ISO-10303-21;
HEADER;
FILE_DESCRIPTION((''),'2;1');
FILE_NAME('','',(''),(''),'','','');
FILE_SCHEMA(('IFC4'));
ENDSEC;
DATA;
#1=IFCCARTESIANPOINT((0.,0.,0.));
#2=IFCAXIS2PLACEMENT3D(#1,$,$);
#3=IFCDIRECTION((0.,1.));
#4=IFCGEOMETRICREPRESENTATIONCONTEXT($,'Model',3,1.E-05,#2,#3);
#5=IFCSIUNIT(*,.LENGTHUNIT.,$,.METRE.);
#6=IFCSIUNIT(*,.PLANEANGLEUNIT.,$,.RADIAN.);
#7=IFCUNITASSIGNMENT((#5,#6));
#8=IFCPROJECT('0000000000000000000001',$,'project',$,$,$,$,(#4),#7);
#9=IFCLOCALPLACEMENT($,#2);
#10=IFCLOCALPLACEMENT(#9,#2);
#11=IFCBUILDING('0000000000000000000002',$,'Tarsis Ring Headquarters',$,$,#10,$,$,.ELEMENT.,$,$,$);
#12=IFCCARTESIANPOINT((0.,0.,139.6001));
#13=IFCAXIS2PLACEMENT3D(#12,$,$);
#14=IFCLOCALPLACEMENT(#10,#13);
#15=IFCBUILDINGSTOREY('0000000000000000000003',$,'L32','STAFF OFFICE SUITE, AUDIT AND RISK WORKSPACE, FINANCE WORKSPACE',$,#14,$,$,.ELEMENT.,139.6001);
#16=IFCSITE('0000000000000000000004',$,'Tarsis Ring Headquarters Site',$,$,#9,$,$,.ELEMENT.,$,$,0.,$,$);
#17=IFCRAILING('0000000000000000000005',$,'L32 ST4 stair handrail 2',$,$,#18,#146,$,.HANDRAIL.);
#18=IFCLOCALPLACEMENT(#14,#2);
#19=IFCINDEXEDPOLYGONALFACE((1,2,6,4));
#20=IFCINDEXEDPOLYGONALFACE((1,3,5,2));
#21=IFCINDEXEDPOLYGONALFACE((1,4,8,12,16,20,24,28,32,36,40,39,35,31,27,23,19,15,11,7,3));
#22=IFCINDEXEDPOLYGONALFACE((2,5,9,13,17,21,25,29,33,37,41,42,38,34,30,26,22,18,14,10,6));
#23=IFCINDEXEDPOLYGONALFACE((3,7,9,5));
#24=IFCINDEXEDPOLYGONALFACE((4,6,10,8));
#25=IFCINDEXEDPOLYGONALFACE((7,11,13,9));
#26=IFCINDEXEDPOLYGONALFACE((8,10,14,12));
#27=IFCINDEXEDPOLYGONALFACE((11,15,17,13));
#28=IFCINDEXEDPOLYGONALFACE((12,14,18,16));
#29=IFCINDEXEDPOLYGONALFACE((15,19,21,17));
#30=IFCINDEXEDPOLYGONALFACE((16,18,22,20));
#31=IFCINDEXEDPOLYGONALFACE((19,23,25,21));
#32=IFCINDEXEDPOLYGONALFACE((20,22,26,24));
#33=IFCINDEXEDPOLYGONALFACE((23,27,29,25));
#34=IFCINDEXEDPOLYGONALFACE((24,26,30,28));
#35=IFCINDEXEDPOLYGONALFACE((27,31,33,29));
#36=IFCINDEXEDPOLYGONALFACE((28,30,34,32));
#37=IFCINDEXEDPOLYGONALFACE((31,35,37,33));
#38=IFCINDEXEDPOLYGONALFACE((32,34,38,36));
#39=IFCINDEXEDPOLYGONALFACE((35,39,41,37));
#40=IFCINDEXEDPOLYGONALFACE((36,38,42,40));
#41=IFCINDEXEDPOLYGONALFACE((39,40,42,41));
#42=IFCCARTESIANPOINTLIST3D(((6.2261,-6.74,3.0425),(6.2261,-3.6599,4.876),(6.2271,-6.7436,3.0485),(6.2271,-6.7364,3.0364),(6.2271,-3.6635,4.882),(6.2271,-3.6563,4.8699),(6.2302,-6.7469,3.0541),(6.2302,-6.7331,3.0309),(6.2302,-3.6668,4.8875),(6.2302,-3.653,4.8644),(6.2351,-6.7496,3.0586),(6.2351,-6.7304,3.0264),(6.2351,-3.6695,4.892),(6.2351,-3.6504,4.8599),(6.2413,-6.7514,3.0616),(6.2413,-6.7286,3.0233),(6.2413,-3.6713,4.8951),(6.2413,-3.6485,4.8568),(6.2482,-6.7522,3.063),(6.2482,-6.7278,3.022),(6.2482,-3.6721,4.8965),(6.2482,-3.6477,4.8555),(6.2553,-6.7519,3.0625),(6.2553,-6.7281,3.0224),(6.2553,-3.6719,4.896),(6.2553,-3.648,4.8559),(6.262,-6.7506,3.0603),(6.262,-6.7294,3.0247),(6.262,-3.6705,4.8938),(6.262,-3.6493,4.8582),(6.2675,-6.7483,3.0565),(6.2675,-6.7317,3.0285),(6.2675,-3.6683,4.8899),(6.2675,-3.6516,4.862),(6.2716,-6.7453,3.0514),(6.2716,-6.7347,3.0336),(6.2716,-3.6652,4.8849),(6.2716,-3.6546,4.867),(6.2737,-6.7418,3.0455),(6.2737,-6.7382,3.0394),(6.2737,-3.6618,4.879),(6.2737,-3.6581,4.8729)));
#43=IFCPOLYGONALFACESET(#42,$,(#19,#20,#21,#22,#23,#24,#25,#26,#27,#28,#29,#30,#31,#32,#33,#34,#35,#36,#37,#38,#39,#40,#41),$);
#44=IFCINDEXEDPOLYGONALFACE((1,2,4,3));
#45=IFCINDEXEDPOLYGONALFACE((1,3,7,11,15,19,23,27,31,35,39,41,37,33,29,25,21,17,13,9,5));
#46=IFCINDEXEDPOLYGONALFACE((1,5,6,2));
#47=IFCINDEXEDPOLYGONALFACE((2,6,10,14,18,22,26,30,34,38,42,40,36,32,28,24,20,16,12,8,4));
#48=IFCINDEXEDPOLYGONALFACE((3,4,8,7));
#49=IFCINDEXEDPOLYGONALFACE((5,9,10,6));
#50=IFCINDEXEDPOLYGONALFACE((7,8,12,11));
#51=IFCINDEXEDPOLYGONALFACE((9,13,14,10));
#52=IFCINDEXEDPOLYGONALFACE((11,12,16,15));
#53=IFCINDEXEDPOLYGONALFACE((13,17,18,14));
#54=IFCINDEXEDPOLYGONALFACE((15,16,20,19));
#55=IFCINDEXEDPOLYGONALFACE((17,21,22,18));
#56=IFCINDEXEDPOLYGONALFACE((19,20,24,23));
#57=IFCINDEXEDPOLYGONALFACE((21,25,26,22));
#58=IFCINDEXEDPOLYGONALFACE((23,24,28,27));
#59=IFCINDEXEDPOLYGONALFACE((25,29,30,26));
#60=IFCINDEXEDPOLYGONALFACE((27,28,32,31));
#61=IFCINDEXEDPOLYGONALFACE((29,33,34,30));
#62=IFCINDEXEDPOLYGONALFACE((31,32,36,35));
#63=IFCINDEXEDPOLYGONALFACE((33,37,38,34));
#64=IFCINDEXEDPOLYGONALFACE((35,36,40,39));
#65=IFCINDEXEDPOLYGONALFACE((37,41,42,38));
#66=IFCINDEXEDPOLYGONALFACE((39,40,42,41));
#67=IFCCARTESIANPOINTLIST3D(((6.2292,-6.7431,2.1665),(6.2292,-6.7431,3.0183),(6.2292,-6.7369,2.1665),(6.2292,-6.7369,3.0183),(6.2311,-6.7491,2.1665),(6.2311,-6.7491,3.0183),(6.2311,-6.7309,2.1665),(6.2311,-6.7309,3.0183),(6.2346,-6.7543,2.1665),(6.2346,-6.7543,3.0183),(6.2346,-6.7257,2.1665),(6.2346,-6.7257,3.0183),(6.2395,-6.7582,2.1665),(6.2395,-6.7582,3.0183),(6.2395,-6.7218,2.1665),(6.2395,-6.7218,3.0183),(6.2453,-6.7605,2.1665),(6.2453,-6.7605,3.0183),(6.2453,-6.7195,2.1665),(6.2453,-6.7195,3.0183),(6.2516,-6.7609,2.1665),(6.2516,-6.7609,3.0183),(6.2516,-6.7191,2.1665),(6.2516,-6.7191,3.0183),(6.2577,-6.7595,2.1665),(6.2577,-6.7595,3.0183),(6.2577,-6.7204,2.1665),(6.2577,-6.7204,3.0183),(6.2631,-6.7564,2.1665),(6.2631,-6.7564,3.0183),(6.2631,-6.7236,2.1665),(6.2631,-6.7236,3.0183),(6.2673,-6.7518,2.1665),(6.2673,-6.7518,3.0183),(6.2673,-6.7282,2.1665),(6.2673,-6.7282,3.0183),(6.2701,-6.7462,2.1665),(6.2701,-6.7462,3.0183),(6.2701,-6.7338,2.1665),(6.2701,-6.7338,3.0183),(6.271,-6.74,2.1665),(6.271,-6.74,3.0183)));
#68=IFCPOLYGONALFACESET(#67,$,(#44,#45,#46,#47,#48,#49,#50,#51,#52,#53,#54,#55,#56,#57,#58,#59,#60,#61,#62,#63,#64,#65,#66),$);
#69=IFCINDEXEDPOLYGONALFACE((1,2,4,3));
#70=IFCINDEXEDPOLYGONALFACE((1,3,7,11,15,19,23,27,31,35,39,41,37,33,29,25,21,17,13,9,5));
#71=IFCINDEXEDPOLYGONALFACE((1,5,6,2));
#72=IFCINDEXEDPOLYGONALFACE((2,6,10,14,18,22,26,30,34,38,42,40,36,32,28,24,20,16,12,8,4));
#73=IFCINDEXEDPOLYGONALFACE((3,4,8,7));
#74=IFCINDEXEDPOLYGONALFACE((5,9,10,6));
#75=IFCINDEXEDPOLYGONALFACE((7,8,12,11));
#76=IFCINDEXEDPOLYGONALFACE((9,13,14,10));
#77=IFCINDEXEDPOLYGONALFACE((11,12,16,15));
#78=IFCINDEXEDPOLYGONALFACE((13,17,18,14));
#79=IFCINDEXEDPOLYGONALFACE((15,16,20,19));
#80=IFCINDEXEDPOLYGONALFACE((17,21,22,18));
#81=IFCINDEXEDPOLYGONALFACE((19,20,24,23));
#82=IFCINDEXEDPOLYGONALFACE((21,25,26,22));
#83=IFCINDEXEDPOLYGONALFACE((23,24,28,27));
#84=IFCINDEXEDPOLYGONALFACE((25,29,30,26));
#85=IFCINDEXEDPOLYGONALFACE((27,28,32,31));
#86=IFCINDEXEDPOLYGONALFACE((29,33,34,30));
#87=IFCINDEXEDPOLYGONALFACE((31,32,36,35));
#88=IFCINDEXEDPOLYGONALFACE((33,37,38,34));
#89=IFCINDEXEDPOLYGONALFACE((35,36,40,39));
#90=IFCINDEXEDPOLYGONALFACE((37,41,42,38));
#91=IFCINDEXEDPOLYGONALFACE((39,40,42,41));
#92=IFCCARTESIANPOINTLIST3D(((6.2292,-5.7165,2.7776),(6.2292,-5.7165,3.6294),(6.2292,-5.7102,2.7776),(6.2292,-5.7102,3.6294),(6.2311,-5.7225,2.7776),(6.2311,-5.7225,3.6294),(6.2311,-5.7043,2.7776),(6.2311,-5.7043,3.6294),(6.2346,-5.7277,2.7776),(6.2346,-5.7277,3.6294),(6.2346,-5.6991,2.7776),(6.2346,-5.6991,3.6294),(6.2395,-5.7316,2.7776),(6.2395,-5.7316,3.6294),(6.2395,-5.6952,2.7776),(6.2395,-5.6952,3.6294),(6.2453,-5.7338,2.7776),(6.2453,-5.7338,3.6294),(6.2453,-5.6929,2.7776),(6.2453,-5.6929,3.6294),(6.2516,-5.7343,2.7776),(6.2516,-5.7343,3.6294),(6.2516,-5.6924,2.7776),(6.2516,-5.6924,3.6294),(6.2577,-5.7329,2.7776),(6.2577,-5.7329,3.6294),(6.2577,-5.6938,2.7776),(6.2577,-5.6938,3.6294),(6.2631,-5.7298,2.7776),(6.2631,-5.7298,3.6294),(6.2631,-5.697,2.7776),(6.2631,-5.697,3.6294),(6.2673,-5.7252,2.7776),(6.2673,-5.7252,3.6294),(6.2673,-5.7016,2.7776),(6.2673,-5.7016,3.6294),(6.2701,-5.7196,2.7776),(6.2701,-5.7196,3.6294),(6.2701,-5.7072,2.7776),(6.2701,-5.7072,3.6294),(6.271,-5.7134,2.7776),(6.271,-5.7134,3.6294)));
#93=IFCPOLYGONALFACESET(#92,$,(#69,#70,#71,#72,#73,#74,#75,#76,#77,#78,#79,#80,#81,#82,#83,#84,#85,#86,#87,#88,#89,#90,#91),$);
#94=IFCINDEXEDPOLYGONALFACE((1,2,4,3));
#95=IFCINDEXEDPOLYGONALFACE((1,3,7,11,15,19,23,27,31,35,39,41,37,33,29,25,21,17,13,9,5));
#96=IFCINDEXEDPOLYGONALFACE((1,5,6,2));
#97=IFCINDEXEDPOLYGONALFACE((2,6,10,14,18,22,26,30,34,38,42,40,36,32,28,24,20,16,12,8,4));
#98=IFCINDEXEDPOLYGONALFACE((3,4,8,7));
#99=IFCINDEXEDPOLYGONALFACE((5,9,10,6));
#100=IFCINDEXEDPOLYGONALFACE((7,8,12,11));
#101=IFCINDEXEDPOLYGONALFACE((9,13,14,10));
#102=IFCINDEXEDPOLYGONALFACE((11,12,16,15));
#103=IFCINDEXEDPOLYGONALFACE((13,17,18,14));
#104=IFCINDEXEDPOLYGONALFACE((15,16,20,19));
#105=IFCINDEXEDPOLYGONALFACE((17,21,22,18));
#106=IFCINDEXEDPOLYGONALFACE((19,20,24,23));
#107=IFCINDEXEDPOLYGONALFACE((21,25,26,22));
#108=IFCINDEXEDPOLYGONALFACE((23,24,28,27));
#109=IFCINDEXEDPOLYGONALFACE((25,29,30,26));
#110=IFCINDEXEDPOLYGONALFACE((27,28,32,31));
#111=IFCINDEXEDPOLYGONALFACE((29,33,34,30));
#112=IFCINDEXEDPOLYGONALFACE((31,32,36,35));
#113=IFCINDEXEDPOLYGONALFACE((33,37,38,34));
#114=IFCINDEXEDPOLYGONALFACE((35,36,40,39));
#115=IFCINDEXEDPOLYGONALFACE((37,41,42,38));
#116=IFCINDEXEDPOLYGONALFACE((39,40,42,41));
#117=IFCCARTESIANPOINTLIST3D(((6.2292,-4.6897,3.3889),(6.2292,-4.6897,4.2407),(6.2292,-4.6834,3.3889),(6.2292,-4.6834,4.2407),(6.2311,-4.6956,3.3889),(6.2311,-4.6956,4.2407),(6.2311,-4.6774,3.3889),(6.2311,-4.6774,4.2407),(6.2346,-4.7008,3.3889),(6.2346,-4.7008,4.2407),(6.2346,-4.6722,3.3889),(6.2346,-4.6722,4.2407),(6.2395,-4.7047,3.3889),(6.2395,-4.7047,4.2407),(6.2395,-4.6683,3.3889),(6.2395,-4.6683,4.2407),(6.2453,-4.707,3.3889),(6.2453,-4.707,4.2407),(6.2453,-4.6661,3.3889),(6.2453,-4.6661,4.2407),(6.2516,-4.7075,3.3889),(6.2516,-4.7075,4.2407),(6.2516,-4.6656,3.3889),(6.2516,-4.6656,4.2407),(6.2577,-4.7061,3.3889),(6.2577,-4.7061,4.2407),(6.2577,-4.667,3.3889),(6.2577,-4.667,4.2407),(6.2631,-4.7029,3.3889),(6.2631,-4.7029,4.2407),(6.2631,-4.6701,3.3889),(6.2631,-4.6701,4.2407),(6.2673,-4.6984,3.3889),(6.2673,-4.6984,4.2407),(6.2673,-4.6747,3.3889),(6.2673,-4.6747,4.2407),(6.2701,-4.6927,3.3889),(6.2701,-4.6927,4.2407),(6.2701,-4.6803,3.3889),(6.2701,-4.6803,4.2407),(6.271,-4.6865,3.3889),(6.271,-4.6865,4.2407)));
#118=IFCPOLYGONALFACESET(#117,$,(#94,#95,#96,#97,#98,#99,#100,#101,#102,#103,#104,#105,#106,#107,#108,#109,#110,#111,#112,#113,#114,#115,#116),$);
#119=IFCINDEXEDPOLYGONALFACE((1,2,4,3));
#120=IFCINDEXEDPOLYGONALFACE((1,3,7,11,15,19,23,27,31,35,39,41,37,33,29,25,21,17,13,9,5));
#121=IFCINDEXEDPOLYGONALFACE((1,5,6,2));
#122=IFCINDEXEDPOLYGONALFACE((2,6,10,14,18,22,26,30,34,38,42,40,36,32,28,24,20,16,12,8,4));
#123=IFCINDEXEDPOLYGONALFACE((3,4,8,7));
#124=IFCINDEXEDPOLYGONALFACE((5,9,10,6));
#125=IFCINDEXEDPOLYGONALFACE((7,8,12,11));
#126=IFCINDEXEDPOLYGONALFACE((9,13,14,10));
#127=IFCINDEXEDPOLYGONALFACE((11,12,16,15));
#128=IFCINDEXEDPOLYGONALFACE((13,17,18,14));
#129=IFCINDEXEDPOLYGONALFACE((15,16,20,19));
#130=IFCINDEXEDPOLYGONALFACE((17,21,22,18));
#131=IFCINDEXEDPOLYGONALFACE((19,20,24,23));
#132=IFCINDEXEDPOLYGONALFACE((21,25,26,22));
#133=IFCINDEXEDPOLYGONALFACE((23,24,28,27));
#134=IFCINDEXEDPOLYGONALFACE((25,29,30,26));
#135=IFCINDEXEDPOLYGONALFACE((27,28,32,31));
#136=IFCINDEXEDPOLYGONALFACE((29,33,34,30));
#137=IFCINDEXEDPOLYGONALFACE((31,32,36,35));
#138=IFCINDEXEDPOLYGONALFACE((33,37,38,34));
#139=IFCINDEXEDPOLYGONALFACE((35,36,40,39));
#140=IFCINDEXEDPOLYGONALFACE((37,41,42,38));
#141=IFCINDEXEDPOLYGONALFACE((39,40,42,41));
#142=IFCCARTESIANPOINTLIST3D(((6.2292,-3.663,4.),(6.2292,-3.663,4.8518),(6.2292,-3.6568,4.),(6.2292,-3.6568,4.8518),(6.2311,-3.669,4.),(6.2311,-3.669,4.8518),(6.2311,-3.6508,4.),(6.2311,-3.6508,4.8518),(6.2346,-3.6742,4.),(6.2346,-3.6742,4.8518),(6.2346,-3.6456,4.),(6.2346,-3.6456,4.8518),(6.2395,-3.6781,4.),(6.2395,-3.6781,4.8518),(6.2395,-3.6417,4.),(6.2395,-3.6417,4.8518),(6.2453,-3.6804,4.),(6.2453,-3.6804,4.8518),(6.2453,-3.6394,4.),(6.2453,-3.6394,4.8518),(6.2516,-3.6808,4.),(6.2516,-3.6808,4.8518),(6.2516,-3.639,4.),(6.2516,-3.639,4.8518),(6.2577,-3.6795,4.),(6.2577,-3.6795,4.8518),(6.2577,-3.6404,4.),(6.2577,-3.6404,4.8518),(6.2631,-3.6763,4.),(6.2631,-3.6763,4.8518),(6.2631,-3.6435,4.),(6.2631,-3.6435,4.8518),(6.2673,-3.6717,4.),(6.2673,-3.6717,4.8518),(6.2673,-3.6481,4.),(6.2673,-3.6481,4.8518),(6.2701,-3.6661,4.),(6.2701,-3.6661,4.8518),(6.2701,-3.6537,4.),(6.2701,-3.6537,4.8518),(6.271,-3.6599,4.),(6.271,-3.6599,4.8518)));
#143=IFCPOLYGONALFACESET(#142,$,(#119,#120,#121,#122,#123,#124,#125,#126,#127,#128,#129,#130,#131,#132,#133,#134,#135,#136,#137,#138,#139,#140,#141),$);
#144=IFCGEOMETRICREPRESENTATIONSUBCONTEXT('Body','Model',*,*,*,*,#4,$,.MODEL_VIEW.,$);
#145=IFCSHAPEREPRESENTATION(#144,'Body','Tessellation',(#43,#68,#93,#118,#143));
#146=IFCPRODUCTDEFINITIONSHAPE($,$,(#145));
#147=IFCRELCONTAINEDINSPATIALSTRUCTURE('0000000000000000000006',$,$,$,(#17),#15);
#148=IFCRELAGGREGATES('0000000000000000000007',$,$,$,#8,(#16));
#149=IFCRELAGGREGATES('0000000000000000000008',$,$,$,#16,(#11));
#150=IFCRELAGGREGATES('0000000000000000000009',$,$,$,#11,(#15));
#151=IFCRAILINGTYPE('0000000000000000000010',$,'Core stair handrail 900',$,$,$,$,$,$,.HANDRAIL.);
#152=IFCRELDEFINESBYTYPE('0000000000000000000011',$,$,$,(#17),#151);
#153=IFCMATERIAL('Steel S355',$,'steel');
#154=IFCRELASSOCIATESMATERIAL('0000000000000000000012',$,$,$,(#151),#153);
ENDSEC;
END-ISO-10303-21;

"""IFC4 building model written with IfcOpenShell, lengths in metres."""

from ifc_helpers import new_model, si_unit, direction, frame, origin, origin_2d, place, context, subcontext, project, spatial, circle, extrude, material, type_object, element, save


model = new_model("IFC4")

# Units and contexts
model_context = context("Model", 3, precision=1e-05, world=origin(), true_north=direction((0.0, 1.0)))
body_context = subcontext(model_context, "Body", "Model", "MODEL_VIEW")
ifc_project = project(units=[si_unit("LENGTHUNIT", "METRE"), si_unit("PLANEANGLEUNIT", "RADIAN")], contexts=[model_context])

# Site, building, storey
site_placement = place(None, origin())
site = spatial("IfcSite", under=ifc_project, at=site_placement, Name="Tarsis Ring Headquarters Site", CompositionType="ELEMENT", RefElevation=0.0)
building_placement = place(site_placement, origin())
building = spatial("IfcBuilding", under=site, at=building_placement, Name="Tarsis Ring Headquarters", CompositionType="ELEMENT")
storey_placement = place(building_placement, frame((0.0, 0.0, 139.6001)))
storey = spatial("IfcBuildingStorey", under=building, at=storey_placement, Name="L32", Description="STAFF OFFICE SUITE, AUDIT AND RISK WORKSPACE, FINANCE WORKSPACE", CompositionType="ELEMENT", Elevation=139.6001)

# Shared definitions
ifc_material_1 = material(Name="Steel S355", Category="steel")

# Railing
railing_type_1 = type_object("IfcRailingType", Name="Core stair handrail 900", PredefinedType="HANDRAIL", material=ifc_material_1)
for number, where, name in (
    (1, (6.25, -6.74, 2.1665), "L32 ST4 stair handrail 2"),
):
    element("IfcRailing", number, at=place(storey_placement, frame(where)), inside=storey, type_object=railing_type_1, Name=name, PredefinedType="HANDRAIL", context=body_context, shape_type="SweptSolid", body=[
        extrude(circle(Radius=0.0239, at=origin_2d()), frame((0.0, 0.0, 0.876), z_axis=(0.0, 0.859279, 0.511508), x_axis=(-1.0, 0.0, 0.0)), (0.0, 0.0, 1.0), 3.5845),
        extrude(circle(Radius=0.021, at=origin_2d()), origin(), (0.0, 0.0, 1.0), 0.8518),
        extrude(circle(Radius=0.021, at=origin_2d()), frame((0.0, 1.0266, 0.6111)), (0.0, 0.0, 1.0), 0.8518),
        extrude(circle(Radius=0.021, at=origin_2d()), frame((0.0, 2.0535, 1.2224)), (0.0, 0.0, 1.0), 0.8518),
        extrude(circle(Radius=0.021, at=origin_2d()), frame((0.0, 3.0801, 1.8335)), (0.0, 0.0, 1.0), 0.8518),
    ])

save(model, "model.ifc")
